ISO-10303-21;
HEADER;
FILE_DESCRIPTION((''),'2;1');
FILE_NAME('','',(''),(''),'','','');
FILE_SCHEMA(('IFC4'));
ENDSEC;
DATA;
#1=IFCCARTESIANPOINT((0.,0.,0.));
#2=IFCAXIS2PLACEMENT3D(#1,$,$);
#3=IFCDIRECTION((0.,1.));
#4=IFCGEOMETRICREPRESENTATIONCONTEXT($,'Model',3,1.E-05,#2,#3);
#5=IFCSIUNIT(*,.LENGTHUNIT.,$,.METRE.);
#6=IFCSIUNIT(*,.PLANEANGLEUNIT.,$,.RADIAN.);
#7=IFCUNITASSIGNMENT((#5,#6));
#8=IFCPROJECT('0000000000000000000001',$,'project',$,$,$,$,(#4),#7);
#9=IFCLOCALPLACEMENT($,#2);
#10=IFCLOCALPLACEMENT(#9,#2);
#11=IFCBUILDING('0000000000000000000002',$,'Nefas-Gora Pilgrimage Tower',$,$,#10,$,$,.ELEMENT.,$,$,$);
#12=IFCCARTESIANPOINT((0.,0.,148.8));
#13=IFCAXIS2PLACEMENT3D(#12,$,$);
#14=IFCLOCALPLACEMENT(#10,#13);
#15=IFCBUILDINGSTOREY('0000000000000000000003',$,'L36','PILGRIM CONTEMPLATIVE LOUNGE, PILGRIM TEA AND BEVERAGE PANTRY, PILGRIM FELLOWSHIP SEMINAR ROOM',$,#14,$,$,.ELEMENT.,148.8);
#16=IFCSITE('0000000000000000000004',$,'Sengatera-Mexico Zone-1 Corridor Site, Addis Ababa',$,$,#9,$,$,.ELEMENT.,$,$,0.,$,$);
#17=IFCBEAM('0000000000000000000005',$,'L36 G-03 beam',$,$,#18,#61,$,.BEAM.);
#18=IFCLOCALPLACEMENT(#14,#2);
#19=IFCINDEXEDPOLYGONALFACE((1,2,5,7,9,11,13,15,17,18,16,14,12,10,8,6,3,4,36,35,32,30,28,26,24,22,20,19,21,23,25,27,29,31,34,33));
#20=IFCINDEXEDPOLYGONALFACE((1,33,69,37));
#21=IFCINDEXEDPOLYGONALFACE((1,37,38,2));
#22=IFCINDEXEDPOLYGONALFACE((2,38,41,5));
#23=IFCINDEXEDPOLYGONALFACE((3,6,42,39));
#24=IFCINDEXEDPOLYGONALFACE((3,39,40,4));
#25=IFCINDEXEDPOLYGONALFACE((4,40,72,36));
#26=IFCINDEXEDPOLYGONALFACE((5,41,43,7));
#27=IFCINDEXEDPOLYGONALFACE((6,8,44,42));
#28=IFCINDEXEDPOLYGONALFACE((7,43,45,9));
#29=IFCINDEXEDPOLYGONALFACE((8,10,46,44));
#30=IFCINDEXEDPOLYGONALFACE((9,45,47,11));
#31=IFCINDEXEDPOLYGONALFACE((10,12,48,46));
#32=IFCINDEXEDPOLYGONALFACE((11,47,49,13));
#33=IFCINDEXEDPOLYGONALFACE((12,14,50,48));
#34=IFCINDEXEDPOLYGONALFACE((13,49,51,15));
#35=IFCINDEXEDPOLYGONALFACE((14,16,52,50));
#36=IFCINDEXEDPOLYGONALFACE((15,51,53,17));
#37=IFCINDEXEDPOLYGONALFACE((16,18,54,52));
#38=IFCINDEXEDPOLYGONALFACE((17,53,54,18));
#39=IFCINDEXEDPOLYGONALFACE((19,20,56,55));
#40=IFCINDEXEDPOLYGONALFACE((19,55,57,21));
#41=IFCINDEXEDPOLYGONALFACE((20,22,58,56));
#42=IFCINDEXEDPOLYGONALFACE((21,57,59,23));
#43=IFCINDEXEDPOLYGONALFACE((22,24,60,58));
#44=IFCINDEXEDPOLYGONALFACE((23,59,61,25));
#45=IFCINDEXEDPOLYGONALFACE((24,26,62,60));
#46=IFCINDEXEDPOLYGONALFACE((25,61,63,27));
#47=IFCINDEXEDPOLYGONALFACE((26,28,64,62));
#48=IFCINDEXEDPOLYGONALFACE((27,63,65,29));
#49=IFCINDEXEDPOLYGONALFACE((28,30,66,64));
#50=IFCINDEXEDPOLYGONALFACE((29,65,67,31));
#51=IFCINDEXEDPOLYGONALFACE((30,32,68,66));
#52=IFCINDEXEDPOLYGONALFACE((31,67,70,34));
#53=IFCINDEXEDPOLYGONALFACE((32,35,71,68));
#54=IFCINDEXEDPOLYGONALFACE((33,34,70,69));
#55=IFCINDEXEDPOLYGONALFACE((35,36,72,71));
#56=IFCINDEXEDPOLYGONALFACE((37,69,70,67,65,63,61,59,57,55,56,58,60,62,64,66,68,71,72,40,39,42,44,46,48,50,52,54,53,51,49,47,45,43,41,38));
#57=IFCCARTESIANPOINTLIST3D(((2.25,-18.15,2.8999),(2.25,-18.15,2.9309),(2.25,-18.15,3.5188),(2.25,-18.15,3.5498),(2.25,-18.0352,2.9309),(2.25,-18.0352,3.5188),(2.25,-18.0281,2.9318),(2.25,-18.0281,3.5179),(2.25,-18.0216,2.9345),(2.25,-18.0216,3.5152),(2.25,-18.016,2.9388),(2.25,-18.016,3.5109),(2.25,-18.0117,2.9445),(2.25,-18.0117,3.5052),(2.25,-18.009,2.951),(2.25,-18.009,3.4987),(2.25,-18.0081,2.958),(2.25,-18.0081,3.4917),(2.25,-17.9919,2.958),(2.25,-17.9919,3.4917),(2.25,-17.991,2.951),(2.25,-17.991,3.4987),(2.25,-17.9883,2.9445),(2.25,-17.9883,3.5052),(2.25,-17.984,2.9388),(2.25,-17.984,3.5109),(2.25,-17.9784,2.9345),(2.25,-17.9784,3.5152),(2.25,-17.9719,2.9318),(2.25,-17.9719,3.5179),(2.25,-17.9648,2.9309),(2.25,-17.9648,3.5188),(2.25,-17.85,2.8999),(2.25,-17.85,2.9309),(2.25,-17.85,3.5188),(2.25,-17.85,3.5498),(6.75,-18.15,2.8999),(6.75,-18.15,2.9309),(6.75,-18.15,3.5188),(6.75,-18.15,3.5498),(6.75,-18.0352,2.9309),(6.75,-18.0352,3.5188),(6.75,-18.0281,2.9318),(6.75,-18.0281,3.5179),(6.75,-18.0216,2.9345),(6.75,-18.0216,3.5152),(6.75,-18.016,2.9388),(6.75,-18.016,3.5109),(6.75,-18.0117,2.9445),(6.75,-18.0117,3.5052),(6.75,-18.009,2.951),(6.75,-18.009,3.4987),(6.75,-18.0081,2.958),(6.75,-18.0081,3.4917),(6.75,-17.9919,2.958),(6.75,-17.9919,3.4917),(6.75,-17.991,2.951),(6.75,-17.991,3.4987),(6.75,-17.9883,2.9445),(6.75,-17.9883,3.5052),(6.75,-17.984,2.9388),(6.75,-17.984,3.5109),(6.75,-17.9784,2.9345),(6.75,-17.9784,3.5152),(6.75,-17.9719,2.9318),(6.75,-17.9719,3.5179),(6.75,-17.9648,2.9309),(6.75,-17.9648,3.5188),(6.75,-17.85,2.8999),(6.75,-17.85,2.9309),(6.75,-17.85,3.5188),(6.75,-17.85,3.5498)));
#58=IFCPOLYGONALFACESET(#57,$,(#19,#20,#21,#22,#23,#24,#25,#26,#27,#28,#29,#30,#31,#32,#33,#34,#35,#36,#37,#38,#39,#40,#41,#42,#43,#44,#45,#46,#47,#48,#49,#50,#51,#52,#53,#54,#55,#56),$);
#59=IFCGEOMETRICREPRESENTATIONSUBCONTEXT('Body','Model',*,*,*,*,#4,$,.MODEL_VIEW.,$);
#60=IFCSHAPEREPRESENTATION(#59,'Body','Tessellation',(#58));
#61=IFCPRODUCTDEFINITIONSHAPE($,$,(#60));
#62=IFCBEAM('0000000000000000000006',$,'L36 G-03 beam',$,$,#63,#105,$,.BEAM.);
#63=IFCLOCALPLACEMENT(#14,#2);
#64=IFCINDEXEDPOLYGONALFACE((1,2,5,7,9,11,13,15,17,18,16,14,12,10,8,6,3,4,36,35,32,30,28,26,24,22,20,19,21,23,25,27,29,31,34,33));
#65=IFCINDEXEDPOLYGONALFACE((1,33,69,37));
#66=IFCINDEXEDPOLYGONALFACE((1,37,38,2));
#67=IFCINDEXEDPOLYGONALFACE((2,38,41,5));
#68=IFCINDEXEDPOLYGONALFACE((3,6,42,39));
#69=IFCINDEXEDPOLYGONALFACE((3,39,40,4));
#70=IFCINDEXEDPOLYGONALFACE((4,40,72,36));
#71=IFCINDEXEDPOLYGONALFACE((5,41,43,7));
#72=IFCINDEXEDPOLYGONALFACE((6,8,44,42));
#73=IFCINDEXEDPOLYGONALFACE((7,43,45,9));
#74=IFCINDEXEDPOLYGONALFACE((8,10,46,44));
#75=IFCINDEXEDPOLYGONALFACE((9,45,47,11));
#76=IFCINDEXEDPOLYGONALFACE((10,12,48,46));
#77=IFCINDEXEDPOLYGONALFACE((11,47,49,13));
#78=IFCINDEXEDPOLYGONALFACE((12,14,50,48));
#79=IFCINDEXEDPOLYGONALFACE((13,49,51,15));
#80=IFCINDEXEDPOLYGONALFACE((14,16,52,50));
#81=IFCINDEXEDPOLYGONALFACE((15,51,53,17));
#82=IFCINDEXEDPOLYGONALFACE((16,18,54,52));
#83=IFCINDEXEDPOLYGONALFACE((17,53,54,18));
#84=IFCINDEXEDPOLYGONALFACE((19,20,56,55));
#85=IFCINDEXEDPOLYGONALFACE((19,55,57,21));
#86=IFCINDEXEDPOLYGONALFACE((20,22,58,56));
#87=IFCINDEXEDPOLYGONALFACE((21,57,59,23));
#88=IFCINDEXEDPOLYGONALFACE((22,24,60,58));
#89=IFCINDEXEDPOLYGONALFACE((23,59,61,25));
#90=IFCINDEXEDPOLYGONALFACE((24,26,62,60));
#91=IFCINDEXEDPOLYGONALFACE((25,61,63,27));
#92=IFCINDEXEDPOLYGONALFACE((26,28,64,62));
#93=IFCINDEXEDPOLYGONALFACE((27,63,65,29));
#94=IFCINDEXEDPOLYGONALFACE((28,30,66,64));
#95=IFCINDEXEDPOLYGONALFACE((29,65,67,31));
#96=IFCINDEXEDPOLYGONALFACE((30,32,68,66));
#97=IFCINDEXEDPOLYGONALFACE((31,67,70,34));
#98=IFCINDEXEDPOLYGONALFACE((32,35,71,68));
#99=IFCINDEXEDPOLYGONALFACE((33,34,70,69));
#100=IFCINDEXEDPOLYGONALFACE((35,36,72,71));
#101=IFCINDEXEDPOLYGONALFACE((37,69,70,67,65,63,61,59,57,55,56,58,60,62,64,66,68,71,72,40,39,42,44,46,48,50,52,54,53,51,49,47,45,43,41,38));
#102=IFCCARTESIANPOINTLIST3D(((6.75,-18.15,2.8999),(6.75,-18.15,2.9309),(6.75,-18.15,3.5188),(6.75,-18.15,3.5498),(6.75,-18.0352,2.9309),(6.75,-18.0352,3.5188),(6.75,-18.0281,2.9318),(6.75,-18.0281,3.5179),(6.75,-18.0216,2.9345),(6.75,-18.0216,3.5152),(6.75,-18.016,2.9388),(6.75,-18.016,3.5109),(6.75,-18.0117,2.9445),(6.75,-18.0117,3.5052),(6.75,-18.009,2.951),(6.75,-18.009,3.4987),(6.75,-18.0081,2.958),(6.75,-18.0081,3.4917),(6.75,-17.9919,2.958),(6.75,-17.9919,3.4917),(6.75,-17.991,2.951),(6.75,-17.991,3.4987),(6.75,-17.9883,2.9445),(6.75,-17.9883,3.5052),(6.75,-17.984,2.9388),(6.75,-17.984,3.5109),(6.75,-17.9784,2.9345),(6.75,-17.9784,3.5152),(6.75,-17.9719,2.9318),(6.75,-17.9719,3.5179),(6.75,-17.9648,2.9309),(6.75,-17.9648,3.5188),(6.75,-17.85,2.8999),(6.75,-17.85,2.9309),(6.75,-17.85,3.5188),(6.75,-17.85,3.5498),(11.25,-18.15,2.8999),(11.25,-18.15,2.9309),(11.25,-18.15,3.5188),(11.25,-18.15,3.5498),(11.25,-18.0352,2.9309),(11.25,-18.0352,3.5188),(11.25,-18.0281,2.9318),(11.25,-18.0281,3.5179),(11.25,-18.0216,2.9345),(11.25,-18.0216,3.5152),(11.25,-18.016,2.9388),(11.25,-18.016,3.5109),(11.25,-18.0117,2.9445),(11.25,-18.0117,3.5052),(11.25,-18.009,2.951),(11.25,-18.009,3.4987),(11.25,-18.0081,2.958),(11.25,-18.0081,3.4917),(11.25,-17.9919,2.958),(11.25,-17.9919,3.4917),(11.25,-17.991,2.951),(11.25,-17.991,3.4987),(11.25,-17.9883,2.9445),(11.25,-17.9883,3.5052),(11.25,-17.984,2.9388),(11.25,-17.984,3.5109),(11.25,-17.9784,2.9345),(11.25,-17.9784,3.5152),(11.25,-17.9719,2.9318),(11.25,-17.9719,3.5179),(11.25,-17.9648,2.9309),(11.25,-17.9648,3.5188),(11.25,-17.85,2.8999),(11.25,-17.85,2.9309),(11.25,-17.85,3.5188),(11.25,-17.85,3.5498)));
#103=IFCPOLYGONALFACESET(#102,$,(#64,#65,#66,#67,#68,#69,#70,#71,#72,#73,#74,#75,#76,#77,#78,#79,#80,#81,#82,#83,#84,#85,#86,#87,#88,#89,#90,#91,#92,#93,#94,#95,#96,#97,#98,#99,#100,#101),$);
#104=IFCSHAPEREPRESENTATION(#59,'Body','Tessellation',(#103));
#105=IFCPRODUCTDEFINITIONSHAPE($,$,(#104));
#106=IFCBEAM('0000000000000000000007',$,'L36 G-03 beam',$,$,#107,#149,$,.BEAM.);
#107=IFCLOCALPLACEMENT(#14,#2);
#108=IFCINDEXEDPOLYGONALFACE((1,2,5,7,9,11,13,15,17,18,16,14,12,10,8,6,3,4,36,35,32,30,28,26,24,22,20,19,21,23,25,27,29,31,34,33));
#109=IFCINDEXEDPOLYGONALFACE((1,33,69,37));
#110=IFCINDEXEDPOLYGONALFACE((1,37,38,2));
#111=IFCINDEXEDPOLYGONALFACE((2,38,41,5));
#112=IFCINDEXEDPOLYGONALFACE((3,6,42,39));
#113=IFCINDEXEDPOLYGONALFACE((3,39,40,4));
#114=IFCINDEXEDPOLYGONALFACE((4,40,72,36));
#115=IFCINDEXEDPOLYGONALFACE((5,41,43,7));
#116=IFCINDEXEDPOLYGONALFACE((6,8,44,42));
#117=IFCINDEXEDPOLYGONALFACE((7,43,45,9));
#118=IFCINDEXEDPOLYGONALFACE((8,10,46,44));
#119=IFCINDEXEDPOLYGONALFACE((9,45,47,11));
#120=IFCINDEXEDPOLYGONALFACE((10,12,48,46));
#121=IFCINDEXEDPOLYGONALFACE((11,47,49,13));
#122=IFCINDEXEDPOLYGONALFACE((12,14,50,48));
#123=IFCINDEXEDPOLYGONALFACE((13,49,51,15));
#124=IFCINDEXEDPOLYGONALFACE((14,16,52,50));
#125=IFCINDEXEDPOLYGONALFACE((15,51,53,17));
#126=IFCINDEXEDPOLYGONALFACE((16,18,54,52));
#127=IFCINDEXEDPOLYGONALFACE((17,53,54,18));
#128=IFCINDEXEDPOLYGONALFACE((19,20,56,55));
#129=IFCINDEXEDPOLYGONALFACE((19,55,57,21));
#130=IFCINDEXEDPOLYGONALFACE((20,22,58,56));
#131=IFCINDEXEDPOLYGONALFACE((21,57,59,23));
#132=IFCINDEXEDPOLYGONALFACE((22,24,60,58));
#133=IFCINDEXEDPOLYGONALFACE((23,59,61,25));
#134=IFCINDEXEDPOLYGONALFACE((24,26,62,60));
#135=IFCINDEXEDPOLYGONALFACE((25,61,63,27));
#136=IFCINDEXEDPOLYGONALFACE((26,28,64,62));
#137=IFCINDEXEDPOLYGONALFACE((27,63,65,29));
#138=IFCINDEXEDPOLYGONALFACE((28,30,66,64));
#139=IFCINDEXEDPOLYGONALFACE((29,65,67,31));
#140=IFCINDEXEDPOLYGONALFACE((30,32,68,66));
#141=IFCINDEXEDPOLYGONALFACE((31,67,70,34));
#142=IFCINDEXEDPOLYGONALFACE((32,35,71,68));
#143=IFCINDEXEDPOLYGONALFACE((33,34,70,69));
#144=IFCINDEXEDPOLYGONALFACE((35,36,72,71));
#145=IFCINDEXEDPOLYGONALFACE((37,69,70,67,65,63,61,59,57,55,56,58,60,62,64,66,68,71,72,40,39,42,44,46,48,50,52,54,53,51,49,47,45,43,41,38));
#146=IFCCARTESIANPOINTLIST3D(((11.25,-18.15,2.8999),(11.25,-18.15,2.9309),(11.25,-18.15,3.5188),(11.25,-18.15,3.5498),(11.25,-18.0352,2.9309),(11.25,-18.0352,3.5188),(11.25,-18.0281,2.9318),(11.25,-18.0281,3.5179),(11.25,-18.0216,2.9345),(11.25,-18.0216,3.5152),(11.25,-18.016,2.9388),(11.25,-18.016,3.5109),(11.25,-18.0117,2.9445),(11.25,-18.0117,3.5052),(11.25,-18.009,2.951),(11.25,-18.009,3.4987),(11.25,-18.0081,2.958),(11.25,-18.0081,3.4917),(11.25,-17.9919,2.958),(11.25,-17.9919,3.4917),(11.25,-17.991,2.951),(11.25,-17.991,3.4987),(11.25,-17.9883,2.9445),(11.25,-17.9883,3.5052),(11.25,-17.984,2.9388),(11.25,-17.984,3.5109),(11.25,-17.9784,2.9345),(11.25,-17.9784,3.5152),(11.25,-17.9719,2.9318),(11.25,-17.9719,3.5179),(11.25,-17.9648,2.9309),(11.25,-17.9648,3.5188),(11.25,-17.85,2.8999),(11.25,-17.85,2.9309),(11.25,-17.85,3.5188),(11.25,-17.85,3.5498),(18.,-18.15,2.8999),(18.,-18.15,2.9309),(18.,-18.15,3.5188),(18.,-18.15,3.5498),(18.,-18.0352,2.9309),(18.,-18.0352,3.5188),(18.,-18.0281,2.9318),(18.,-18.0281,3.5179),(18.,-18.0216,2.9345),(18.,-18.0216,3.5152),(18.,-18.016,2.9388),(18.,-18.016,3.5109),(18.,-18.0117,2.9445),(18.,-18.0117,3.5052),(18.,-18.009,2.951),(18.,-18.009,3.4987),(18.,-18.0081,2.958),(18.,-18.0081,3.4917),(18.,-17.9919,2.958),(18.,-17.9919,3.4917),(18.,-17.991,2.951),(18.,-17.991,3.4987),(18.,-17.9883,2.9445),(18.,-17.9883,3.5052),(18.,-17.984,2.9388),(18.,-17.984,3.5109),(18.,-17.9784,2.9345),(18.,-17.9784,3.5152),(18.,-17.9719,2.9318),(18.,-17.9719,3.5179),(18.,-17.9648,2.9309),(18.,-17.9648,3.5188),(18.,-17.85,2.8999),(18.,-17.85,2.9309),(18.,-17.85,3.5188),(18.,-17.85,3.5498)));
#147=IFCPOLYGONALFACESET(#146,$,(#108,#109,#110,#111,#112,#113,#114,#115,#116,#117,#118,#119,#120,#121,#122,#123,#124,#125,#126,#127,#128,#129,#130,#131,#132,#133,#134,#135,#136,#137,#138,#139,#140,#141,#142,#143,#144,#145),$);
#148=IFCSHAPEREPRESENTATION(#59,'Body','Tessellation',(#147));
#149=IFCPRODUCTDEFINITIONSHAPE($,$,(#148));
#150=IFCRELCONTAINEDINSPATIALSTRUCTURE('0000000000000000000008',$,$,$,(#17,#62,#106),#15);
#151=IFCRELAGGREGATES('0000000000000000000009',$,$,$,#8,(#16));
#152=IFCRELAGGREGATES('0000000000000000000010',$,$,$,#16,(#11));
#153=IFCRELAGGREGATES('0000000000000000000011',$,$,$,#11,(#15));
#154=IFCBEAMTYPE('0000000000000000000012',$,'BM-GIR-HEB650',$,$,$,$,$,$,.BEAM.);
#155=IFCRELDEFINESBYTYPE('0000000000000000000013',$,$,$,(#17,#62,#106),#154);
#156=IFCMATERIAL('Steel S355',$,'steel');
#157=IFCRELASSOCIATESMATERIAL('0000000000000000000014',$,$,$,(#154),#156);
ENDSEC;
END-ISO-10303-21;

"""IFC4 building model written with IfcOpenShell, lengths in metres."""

from ifc_helpers import new_model, si_unit, direction, frame, origin, origin_2d, place, context, subcontext, project, spatial, i_section, extrude, source, transform, mapped, material, material_profile, profile_set, type_object, element, save


model = new_model("IFC4")

# Units and contexts
model_context = context("Model", 3, precision=1e-05, world=origin(), true_north=direction((0.0, 1.0)))
body_context = subcontext(model_context, "Body", "Model", "MODEL_VIEW")
ifc_project = project(units=[si_unit("LENGTHUNIT", "METRE"), si_unit("PLANEANGLEUNIT", "RADIAN")], contexts=[model_context])

# Site, building, storey
site_placement = place(None, origin())
site = spatial("IfcSite", under=ifc_project, at=site_placement, Name="Sengatera-Mexico Zone-1 Corridor Site, Addis Ababa", CompositionType="ELEMENT", RefElevation=0.0)
building_placement = place(site_placement, origin())
building = spatial("IfcBuilding", under=site, at=building_placement, Name="Nefas-Gora Pilgrimage Tower", CompositionType="ELEMENT")
storey_placement = place(building_placement, frame((0.0, 0.0, 148.8)))
storey = spatial("IfcBuildingStorey", under=building, at=storey_placement, Name="L36", Description="PILGRIM CONTEMPLATIVE LOUNGE, PILGRIM TEA AND BEVERAGE PANTRY, PILGRIM FELLOWSHIP SEMINAR ROOM", CompositionType="ELEMENT", Elevation=148.8)

# Beams
ifc_material_1 = material(Name="Steel S355", Category="steel")
ifc_material_profile_1 = material_profile(ifc_material_1, i_section(OverallWidth=0.3, OverallDepth=0.6499, WebThickness=0.0161, FlangeThickness=0.031, FilletRadius=0.0271, at=origin_2d()), Name="HEB 650")
ifc_profile_set_1 = profile_set([ifc_material_profile_1], Name="Steel S355")
beam_type = type_object("IfcBeamType", Name="BM-GIR-HEB650", PredefinedType="BEAM", material=ifc_profile_set_1)
shared_shape_1 = source(origin(), body_context, "Body", "SweptSolid", [
    extrude(i_section(OverallWidth=0.3, OverallDepth=0.6499, WebThickness=0.0161, FlangeThickness=0.031, FilletRadius=0.0271, at=origin_2d()), origin(), (0.0, 0.0, 1.0), 4.5),
])
for number, where, z_axis, x_axis, name in (
    (1, (2.25, -18.0, 3.2249), (1.0, 0.0, 0.0), (0.0, 1.0, 0.0), "L36 G-03 beam"),
    (2, (6.75, -18.0, 3.2249), (1.0, 0.0, 0.0), (0.0, 1.0, 0.0), "L36 G-03 beam"),
):
    element("IfcBeam", number, at=place(storey_placement, frame(where, z_axis=z_axis, x_axis=x_axis)), inside=storey, type_object=beam_type, Name=name, PredefinedType="BEAM", context=body_context, shape_type="MappedRepresentation", body=[
        mapped(shared_shape_1, transform((0.0, 0.0, 0.0), x_axis=(1.0, 0.0, 0.0), y_axis=(0.0, 1.0, 0.0), z_axis=(0.0, 0.0, 1.0), scale=1.0)),
    ])
shared_shape_2 = source(origin(), body_context, "Body", "SweptSolid", [
    extrude(i_section(OverallWidth=0.3, OverallDepth=0.6499, WebThickness=0.0161, FlangeThickness=0.031, FilletRadius=0.0271, at=origin_2d()), origin(), (0.0, 0.0, 1.0), 6.75),
])
beam_1_placement = place(storey_placement, frame((11.25, -18.0, 3.2249), z_axis=(1.0, 0.0, 0.0), x_axis=(0.0, 1.0, 0.0)))
element("IfcBeam", 3, at=beam_1_placement, inside=storey, type_object=beam_type, Name="L36 G-03 beam", PredefinedType="BEAM", context=body_context, shape_type="MappedRepresentation", body=[
    mapped(shared_shape_2, transform((0.0, 0.0, 0.0), x_axis=(1.0, 0.0, 0.0), y_axis=(0.0, 1.0, 0.0), z_axis=(0.0, 0.0, 1.0), scale=1.0)),
])

save(model, "model.ifc")
